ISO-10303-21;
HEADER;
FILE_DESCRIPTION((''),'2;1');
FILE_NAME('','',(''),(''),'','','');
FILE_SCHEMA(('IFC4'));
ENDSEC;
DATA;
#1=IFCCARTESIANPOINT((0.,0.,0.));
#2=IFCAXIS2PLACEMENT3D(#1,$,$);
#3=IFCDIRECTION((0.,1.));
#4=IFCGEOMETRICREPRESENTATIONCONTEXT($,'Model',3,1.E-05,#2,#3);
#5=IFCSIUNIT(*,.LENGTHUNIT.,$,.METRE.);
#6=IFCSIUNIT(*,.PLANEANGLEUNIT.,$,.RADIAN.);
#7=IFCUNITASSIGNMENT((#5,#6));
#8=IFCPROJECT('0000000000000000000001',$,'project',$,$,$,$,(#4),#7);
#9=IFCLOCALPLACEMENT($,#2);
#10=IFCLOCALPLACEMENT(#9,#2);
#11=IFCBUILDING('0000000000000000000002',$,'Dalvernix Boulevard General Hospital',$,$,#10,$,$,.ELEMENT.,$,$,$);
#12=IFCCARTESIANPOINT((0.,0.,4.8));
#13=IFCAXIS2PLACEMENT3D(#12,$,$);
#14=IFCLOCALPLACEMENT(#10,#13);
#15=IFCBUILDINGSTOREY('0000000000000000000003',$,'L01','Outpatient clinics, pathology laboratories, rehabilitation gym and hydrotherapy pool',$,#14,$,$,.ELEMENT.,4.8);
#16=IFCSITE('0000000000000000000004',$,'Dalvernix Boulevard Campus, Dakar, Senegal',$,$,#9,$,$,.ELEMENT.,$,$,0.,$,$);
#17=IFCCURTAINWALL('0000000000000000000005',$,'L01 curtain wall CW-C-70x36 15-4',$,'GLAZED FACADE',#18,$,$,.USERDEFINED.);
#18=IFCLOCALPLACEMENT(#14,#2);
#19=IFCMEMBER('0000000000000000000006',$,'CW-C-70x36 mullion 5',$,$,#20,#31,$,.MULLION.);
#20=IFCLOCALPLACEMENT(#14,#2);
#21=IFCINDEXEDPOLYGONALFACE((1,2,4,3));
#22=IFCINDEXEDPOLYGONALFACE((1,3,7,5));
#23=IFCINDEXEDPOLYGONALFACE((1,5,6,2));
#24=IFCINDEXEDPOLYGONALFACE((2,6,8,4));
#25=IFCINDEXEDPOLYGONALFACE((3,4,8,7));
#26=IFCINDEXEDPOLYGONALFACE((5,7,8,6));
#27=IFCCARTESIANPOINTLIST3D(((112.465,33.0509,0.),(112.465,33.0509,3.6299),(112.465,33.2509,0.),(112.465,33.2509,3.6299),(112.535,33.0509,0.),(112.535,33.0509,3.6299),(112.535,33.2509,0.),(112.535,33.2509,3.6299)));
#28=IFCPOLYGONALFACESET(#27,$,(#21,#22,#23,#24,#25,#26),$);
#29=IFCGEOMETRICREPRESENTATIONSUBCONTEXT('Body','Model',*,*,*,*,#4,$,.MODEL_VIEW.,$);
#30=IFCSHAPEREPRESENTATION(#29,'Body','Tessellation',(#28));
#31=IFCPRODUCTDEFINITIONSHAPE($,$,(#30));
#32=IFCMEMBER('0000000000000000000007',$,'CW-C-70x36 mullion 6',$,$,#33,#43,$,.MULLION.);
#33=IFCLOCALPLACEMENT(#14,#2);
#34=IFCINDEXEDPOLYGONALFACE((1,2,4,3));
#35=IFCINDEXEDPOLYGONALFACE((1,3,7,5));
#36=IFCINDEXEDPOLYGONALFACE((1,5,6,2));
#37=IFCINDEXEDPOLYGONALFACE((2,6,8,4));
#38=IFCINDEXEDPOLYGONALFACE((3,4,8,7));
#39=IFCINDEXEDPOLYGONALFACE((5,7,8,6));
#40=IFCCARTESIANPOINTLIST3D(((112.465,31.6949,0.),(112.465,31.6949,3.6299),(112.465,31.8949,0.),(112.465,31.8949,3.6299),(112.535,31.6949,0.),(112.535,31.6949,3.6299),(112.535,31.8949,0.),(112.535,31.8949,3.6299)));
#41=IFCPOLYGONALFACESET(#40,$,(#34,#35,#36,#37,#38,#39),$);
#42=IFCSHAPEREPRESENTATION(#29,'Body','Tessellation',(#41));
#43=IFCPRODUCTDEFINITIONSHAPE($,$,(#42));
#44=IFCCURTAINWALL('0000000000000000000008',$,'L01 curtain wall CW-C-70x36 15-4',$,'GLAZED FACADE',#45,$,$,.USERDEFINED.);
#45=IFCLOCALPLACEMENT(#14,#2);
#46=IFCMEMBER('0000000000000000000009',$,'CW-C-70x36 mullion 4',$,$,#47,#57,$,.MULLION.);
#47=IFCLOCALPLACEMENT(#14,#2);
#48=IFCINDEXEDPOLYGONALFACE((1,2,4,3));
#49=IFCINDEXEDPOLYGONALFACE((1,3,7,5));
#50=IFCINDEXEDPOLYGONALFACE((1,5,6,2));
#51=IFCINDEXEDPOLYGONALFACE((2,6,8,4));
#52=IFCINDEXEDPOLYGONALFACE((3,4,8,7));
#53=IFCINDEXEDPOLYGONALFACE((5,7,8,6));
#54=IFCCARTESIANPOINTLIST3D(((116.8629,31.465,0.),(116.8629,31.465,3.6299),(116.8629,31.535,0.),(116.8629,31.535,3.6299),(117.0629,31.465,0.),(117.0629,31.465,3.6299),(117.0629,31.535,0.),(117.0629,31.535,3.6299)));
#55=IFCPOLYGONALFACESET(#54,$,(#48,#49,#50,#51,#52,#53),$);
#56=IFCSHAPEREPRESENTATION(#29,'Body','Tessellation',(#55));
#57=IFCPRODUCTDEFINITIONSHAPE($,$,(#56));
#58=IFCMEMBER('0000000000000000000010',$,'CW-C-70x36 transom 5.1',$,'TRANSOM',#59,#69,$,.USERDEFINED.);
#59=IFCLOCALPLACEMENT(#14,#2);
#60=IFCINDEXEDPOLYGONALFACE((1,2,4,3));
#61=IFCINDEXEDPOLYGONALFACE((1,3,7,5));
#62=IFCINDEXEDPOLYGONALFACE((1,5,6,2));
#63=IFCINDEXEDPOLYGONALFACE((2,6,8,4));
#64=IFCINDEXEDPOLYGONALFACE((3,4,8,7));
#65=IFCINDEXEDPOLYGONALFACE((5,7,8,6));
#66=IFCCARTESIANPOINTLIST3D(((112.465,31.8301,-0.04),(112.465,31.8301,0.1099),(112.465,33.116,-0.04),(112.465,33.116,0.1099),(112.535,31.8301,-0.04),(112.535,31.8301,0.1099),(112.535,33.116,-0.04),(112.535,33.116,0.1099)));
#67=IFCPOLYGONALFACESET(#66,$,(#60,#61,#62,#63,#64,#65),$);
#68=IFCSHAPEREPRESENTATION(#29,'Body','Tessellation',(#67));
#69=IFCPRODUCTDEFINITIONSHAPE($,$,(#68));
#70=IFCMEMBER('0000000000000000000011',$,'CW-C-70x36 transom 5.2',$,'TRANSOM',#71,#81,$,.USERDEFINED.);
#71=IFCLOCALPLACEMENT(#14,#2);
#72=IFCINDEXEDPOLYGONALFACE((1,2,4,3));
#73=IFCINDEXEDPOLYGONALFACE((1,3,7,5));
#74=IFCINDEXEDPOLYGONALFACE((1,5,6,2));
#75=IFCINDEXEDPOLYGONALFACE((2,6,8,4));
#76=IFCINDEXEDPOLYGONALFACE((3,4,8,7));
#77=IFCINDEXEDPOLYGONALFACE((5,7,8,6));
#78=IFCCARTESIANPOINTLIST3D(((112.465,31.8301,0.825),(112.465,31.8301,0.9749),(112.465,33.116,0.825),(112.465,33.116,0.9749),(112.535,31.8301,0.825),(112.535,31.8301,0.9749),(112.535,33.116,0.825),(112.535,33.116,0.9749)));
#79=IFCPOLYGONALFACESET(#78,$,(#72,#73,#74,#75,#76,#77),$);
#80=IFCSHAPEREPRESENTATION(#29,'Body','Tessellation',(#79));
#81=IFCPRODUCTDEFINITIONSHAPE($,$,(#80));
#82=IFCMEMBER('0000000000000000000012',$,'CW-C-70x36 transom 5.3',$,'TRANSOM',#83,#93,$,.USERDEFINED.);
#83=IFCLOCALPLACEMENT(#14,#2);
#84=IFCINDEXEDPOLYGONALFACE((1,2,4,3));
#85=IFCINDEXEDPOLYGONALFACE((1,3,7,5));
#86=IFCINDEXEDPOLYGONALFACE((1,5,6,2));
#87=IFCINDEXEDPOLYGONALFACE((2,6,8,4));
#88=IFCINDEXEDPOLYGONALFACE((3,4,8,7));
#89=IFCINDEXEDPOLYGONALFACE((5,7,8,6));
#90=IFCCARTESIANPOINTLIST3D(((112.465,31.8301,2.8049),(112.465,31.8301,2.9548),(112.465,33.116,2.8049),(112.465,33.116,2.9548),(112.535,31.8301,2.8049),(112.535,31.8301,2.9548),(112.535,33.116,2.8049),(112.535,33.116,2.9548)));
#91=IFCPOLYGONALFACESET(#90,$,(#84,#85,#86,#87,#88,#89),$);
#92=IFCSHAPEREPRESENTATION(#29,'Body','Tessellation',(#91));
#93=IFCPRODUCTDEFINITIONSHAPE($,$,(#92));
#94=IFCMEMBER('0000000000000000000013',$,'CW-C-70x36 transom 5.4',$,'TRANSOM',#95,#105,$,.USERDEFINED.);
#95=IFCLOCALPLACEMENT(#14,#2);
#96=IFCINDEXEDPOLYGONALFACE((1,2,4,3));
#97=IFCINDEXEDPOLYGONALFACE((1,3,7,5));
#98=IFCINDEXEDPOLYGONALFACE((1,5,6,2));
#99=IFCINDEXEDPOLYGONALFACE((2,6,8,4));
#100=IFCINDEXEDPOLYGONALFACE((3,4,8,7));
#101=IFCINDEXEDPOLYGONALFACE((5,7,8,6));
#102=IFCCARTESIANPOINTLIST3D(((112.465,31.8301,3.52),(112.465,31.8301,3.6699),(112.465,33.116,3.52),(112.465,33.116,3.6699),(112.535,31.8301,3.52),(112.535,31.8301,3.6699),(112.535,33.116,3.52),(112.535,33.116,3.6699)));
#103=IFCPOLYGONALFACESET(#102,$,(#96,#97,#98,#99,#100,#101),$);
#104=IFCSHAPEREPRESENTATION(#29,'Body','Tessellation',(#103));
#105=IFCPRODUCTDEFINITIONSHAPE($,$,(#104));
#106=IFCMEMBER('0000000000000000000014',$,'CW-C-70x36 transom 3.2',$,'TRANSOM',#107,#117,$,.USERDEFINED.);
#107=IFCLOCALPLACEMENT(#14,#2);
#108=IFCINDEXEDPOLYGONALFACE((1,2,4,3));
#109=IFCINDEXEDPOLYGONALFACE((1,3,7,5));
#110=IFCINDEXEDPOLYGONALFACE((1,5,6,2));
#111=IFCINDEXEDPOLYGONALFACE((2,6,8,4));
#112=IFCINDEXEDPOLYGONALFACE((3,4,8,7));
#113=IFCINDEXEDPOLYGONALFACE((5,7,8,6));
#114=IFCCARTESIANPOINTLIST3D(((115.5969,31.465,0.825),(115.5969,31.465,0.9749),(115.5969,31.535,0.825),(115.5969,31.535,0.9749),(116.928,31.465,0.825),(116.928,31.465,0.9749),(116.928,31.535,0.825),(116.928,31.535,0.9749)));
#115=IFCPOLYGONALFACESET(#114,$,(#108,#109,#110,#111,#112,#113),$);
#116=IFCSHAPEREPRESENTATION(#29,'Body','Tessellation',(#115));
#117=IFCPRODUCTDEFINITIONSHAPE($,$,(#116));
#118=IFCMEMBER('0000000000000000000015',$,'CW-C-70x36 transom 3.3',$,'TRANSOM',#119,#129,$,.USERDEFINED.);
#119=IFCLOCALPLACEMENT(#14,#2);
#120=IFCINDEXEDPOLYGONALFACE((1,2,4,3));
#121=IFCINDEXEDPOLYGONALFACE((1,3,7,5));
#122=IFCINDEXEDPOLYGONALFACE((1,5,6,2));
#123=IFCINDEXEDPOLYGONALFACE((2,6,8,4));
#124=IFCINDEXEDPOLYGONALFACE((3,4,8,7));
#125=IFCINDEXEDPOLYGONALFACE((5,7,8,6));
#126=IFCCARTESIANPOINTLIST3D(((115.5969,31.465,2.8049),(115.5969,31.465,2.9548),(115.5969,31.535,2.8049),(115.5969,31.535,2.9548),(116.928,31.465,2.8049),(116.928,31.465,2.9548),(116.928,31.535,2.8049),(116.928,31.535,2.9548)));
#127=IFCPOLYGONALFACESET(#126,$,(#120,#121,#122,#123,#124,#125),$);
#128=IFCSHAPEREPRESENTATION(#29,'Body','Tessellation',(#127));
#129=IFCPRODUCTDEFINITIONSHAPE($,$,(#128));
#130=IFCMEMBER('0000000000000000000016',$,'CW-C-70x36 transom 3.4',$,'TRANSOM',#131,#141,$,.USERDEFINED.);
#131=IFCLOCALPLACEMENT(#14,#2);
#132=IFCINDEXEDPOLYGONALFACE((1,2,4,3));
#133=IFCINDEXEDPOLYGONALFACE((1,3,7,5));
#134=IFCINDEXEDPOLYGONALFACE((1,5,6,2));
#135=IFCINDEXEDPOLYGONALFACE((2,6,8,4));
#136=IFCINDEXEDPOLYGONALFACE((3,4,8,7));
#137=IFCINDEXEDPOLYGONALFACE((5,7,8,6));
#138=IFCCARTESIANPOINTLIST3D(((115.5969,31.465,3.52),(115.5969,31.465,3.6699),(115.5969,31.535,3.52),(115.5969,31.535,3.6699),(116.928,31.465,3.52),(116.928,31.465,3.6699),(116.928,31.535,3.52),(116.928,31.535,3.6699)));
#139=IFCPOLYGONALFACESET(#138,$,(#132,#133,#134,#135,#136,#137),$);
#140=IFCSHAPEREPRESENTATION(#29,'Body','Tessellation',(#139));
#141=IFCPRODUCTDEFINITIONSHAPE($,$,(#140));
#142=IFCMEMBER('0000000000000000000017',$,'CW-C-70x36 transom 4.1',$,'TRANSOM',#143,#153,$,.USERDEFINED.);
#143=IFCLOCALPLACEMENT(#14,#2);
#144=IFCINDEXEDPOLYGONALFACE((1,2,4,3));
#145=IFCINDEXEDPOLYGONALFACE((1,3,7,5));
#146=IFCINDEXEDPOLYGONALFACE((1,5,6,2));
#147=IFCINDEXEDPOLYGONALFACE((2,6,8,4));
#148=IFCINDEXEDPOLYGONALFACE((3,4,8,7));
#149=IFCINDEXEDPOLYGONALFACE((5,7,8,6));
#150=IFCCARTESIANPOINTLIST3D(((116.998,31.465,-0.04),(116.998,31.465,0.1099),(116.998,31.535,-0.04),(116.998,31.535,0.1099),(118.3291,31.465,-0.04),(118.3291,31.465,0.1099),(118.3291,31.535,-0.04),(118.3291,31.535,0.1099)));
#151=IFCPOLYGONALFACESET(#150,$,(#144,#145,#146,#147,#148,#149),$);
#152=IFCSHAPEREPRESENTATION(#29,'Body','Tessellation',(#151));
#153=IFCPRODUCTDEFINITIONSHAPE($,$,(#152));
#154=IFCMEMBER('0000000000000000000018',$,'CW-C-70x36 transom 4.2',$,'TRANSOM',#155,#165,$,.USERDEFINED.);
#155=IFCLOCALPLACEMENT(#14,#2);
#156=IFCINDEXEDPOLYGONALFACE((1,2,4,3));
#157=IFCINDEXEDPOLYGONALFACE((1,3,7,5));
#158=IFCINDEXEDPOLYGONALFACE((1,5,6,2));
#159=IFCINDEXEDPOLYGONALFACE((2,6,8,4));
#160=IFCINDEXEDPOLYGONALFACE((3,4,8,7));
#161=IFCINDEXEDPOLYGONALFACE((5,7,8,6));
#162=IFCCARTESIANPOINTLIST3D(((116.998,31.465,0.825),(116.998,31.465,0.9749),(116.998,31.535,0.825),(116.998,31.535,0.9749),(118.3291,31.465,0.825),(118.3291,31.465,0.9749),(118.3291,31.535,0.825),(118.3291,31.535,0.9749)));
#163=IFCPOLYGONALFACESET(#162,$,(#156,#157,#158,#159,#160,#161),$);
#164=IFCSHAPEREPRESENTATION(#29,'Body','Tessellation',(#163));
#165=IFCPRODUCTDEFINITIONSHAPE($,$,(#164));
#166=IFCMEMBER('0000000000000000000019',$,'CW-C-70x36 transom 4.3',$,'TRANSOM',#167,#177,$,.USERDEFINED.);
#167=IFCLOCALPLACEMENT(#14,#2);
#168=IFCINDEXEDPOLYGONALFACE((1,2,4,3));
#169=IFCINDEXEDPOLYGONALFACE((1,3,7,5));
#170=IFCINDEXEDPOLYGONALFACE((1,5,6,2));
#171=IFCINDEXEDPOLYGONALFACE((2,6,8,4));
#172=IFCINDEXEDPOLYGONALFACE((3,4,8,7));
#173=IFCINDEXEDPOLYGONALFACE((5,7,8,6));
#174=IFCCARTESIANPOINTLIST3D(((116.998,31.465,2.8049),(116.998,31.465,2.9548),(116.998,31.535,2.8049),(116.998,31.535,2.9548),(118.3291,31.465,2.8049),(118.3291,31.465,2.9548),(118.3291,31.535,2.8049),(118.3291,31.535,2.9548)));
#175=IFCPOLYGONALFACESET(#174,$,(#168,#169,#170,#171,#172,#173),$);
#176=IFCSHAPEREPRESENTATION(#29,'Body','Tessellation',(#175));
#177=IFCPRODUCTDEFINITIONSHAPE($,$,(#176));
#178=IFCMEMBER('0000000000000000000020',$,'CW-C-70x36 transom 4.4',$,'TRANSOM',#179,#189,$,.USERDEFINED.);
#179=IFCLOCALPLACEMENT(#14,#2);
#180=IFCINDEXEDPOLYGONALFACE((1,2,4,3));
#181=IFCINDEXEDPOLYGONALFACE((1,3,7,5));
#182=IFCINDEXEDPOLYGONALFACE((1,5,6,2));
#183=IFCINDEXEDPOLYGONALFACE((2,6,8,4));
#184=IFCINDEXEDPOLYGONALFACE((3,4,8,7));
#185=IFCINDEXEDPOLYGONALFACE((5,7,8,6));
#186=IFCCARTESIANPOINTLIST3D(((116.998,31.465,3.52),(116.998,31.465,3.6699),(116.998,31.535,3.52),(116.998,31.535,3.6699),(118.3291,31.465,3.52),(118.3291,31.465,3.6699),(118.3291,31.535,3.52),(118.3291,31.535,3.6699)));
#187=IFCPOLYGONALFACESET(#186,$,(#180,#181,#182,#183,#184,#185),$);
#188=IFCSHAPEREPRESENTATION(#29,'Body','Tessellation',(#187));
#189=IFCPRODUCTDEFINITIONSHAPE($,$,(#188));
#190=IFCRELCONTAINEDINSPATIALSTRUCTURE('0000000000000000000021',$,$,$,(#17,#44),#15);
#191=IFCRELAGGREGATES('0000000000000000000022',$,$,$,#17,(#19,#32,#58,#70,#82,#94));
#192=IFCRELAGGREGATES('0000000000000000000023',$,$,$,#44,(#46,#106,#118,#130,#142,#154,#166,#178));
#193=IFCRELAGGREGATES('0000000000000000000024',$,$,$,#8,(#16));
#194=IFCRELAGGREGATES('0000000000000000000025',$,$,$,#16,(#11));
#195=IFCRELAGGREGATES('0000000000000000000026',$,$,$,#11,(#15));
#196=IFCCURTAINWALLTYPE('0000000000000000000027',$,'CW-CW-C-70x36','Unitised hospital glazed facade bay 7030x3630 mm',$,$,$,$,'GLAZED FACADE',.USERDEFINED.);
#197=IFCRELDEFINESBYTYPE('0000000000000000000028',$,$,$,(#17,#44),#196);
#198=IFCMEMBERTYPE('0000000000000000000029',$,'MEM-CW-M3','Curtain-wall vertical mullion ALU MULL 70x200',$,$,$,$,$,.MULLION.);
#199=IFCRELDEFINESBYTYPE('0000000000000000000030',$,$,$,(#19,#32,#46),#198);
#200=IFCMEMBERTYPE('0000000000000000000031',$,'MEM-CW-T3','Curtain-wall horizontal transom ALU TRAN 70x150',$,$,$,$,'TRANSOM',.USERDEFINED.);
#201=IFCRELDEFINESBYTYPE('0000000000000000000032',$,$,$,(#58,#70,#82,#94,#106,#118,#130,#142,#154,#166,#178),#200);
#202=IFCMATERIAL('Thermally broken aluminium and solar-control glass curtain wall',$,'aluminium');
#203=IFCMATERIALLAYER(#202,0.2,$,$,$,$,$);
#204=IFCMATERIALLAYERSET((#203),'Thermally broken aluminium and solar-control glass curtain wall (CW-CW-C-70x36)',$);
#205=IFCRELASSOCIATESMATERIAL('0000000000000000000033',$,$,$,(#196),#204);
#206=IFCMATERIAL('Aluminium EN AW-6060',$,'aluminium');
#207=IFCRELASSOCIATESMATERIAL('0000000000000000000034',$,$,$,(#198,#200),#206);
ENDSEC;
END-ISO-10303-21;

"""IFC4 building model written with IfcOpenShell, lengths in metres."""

from ifc_helpers import new_model, si_unit, direction, frame, origin, origin_2d, place, context, subcontext, project, spatial, rectangle, extrude, material, layer, layer_set, material_profile, profile_set, type_object, element, aggregate, save


model = new_model("IFC4")

# Units and contexts
model_context = context("Model", 3, precision=1e-05, world=origin(), true_north=direction((0.0, 1.0)))
body_context = subcontext(model_context, "Body", "Model", "MODEL_VIEW")
ifc_project = project(units=[si_unit("LENGTHUNIT", "METRE"), si_unit("PLANEANGLEUNIT", "RADIAN")], contexts=[model_context])

# Site, building, storey
site_placement = place(None, origin())
site = spatial("IfcSite", under=ifc_project, at=site_placement, Name="Dalvernix Boulevard Campus, Dakar, Senegal", CompositionType="ELEMENT", RefElevation=0.0)
building_placement = place(site_placement, origin())
building = spatial("IfcBuilding", under=site, at=building_placement, Name="Dalvernix Boulevard General Hospital", CompositionType="ELEMENT")
storey_placement = place(building_placement, frame((0.0, 0.0, 4.8)))
storey = spatial("IfcBuildingStorey", under=building, at=storey_placement, Name="L01", Description="Outpatient clinics, pathology laboratories, rehabilitation gym and hydrotherapy pool", CompositionType="ELEMENT", Elevation=4.8)

# Curtain wall, members
ifc_material_1 = material(Name="Thermally broken aluminium and solar-control glass curtain wall", Category="aluminium")
ifc_layer_1 = layer(ifc_material_1, 0.2)
ifc_layer_set_1 = layer_set([ifc_layer_1], Name="Thermally broken aluminium and solar-control glass curtain wall (CW-CW-C-70x36)")
curtain_wall_type = type_object("IfcCurtainWallType", Name="CW-CW-C-70x36", Description="Unitised hospital glazed facade bay 7030x3630 mm", ElementType="GLAZED FACADE", PredefinedType="USERDEFINED", material=ifc_layer_set_1)
curtain_wall_1_placement = place(storey_placement, origin())
curtain_wall_1 = element("IfcCurtainWall", 1, at=curtain_wall_1_placement, inside=storey, type_object=curtain_wall_type, Name="L01 curtain wall CW-C-70x36 15-4", ObjectType="GLAZED FACADE", PredefinedType="USERDEFINED")
ifc_material_2 = material(Name="Aluminium EN AW-6060", Category="aluminium")
ifc_material_profile_1 = material_profile(ifc_material_2, rectangle(XDim=0.0701, YDim=0.2, at=origin_2d()), Name="ALU MULL 70x200")
ifc_profile_set_1 = profile_set([ifc_material_profile_1], Name="Aluminium EN AW-6060")
member_type_1 = type_object("IfcMemberType", Name="MEM-CW-M3", Description="Curtain-wall vertical mullion ALU MULL 70x200", PredefinedType="MULLION", material=ifc_profile_set_1)
member_1_placement = place(storey_placement, frame((112.5, 33.1509, 0.0), z_axis=(0.0, 0.0, 1.0), x_axis=(1.0, 0.0, 0.0)))
member_1 = element("IfcMember", 2, at=member_1_placement, type_object=member_type_1, Name="CW-C-70x36 mullion 5", PredefinedType="MULLION", context=body_context, shape_type="SweptSolid", body=[
    extrude(rectangle(XDim=0.0701, YDim=0.2, at=origin_2d()), origin(), (0.0, 0.0, 1.0), 3.6299),
])
member_2_placement = place(storey_placement, frame((112.5, 31.7949, 0.0), z_axis=(0.0, 0.0, 1.0), x_axis=(1.0, 0.0, 0.0)))
member_2 = element("IfcMember", 3, at=member_2_placement, type_object=member_type_1, Name="CW-C-70x36 mullion 6", PredefinedType="MULLION", context=body_context, shape_type="SweptSolid", body=[
    extrude(rectangle(XDim=0.0701, YDim=0.2, at=origin_2d()), origin(), (0.0, 0.0, 1.0), 3.6299),
])

# Curtain wall, member
curtain_wall_2_placement = place(storey_placement, origin())
curtain_wall_2 = element("IfcCurtainWall", 4, at=curtain_wall_2_placement, inside=storey, type_object=curtain_wall_type, Name="L01 curtain wall CW-C-70x36 15-4", ObjectType="GLAZED FACADE", PredefinedType="USERDEFINED")
member_3_placement = place(storey_placement, frame((116.9629, 31.5, 0.0), z_axis=(0.0, 0.0, 1.0), x_axis=(0.0, 1.0, 0.0)))
member_3 = element("IfcMember", 5, at=member_3_placement, type_object=member_type_1, Name="CW-C-70x36 mullion 4", PredefinedType="MULLION", context=body_context, shape_type="SweptSolid", body=[
    extrude(rectangle(XDim=0.0701, YDim=0.2, at=origin_2d()), origin(), (0.0, 0.0, 1.0), 3.6299),
])

# Members
ifc_material_profile_2 = material_profile(ifc_material_2, rectangle(XDim=0.0701, YDim=0.1499, at=origin_2d()), Name="ALU TRAN 70x150")
ifc_profile_set_2 = profile_set([ifc_material_profile_2], Name="Aluminium EN AW-6060")
member_type_2 = type_object("IfcMemberType", Name="MEM-CW-T3", Description="Curtain-wall horizontal transom ALU TRAN 70x150", ElementType="TRANSOM", PredefinedType="USERDEFINED", material=ifc_profile_set_2)
member_4_placement = place(storey_placement, frame((112.5, 33.116, 0.0349), z_axis=(0.0, -1.0, 0.0), x_axis=(1.0, 0.0, 0.0)))
member_4 = element("IfcMember", 6, at=member_4_placement, type_object=member_type_2, Name="CW-C-70x36 transom 5.1", ObjectType="TRANSOM", PredefinedType="USERDEFINED", context=body_context, shape_type="SweptSolid", body=[
    extrude(rectangle(XDim=0.0701, YDim=0.1499, at=origin_2d()), origin(), (0.0, 0.0, 1.0), 1.2859),
])
member_5_placement = place(storey_placement, frame((112.5, 33.116, 0.8999), z_axis=(0.0, -1.0, 0.0), x_axis=(1.0, 0.0, 0.0)))
member_5 = element("IfcMember", 7, at=member_5_placement, type_object=member_type_2, Name="CW-C-70x36 transom 5.2", ObjectType="TRANSOM", PredefinedType="USERDEFINED", context=body_context, shape_type="SweptSolid", body=[
    extrude(rectangle(XDim=0.0701, YDim=0.1499, at=origin_2d()), origin(), (0.0, 0.0, 1.0), 1.2859),
])
member_6_placement = place(storey_placement, frame((112.5, 33.116, 2.8799), z_axis=(0.0, -1.0, 0.0), x_axis=(1.0, 0.0, 0.0)))
member_6 = element("IfcMember", 8, at=member_6_placement, type_object=member_type_2, Name="CW-C-70x36 transom 5.3", ObjectType="TRANSOM", PredefinedType="USERDEFINED", context=body_context, shape_type="SweptSolid", body=[
    extrude(rectangle(XDim=0.0701, YDim=0.1499, at=origin_2d()), origin(), (0.0, 0.0, 1.0), 1.2859),
])
member_7_placement = place(storey_placement, frame((112.5, 33.116, 3.595), z_axis=(0.0, -1.0, 0.0), x_axis=(1.0, 0.0, 0.0)))
member_7 = element("IfcMember", 9, at=member_7_placement, type_object=member_type_2, Name="CW-C-70x36 transom 5.4", ObjectType="TRANSOM", PredefinedType="USERDEFINED", context=body_context, shape_type="SweptSolid", body=[
    extrude(rectangle(XDim=0.0701, YDim=0.1499, at=origin_2d()), origin(), (0.0, 0.0, 1.0), 1.2859),
])
member_8_placement = place(storey_placement, frame((115.5969, 31.5, 0.8999), z_axis=(1.0, 0.0, 0.0), x_axis=(0.0, 1.0, 0.0)))
member_8 = element("IfcMember", 10, at=member_8_placement, type_object=member_type_2, Name="CW-C-70x36 transom 3.2", ObjectType="TRANSOM", PredefinedType="USERDEFINED", context=body_context, shape_type="SweptSolid", body=[
    extrude(rectangle(XDim=0.0701, YDim=0.1499, at=origin_2d()), origin(), (0.0, 0.0, 1.0), 1.3311),
])
member_9_placement = place(storey_placement, frame((115.5969, 31.5, 2.8799), z_axis=(1.0, 0.0, 0.0), x_axis=(0.0, 1.0, 0.0)))
member_9 = element("IfcMember", 11, at=member_9_placement, type_object=member_type_2, Name="CW-C-70x36 transom 3.3", ObjectType="TRANSOM", PredefinedType="USERDEFINED", context=body_context, shape_type="SweptSolid", body=[
    extrude(rectangle(XDim=0.0701, YDim=0.1499, at=origin_2d()), origin(), (0.0, 0.0, 1.0), 1.3311),
])
member_10_placement = place(storey_placement, frame((115.5969, 31.5, 3.595), z_axis=(1.0, 0.0, 0.0), x_axis=(0.0, 1.0, 0.0)))
member_10 = element("IfcMember", 12, at=member_10_placement, type_object=member_type_2, Name="CW-C-70x36 transom 3.4", ObjectType="TRANSOM", PredefinedType="USERDEFINED", context=body_context, shape_type="SweptSolid", body=[
    extrude(rectangle(XDim=0.0701, YDim=0.1499, at=origin_2d()), origin(), (0.0, 0.0, 1.0), 1.3311),
])
member_11_placement = place(storey_placement, frame((116.998, 31.5, 0.0349), z_axis=(1.0, 0.0, 0.0), x_axis=(0.0, 1.0, 0.0)))
member_11 = element("IfcMember", 13, at=member_11_placement, type_object=member_type_2, Name="CW-C-70x36 transom 4.1", ObjectType="TRANSOM", PredefinedType="USERDEFINED", context=body_context, shape_type="SweptSolid", body=[
    extrude(rectangle(XDim=0.0701, YDim=0.1499, at=origin_2d()), origin(), (0.0, 0.0, 1.0), 1.3311),
])
member_12_placement = place(storey_placement, frame((116.998, 31.5, 0.8999), z_axis=(1.0, 0.0, 0.0), x_axis=(0.0, 1.0, 0.0)))
member_12 = element("IfcMember", 14, at=member_12_placement, type_object=member_type_2, Name="CW-C-70x36 transom 4.2", ObjectType="TRANSOM", PredefinedType="USERDEFINED", context=body_context, shape_type="SweptSolid", body=[
    extrude(rectangle(XDim=0.0701, YDim=0.1499, at=origin_2d()), origin(), (0.0, 0.0, 1.0), 1.3311),
])
member_13_placement = place(storey_placement, frame((116.998, 31.5, 2.8799), z_axis=(1.0, 0.0, 0.0), x_axis=(0.0, 1.0, 0.0)))
member_13 = element("IfcMember", 15, at=member_13_placement, type_object=member_type_2, Name="CW-C-70x36 transom 4.3", ObjectType="TRANSOM", PredefinedType="USERDEFINED", context=body_context, shape_type="SweptSolid", body=[
    extrude(rectangle(XDim=0.0701, YDim=0.1499, at=origin_2d()), origin(), (0.0, 0.0, 1.0), 1.3311),
])
member_14_placement = place(storey_placement, frame((116.998, 31.5, 3.595), z_axis=(1.0, 0.0, 0.0), x_axis=(0.0, 1.0, 0.0)))
member_14 = element("IfcMember", 16, at=member_14_placement, type_object=member_type_2, Name="CW-C-70x36 transom 4.4", ObjectType="TRANSOM", PredefinedType="USERDEFINED", context=body_context, shape_type="SweptSolid", body=[
    extrude(rectangle(XDim=0.0701, YDim=0.1499, at=origin_2d()), origin(), (0.0, 0.0, 1.0), 1.3311),
])

aggregate(curtain_wall_1, [member_1, member_2, member_4, member_5, member_6, member_7])
aggregate(curtain_wall_2, [member_3, member_8, member_9, member_10, member_11, member_12, member_13, member_14])

save(model, "model.ifc")
